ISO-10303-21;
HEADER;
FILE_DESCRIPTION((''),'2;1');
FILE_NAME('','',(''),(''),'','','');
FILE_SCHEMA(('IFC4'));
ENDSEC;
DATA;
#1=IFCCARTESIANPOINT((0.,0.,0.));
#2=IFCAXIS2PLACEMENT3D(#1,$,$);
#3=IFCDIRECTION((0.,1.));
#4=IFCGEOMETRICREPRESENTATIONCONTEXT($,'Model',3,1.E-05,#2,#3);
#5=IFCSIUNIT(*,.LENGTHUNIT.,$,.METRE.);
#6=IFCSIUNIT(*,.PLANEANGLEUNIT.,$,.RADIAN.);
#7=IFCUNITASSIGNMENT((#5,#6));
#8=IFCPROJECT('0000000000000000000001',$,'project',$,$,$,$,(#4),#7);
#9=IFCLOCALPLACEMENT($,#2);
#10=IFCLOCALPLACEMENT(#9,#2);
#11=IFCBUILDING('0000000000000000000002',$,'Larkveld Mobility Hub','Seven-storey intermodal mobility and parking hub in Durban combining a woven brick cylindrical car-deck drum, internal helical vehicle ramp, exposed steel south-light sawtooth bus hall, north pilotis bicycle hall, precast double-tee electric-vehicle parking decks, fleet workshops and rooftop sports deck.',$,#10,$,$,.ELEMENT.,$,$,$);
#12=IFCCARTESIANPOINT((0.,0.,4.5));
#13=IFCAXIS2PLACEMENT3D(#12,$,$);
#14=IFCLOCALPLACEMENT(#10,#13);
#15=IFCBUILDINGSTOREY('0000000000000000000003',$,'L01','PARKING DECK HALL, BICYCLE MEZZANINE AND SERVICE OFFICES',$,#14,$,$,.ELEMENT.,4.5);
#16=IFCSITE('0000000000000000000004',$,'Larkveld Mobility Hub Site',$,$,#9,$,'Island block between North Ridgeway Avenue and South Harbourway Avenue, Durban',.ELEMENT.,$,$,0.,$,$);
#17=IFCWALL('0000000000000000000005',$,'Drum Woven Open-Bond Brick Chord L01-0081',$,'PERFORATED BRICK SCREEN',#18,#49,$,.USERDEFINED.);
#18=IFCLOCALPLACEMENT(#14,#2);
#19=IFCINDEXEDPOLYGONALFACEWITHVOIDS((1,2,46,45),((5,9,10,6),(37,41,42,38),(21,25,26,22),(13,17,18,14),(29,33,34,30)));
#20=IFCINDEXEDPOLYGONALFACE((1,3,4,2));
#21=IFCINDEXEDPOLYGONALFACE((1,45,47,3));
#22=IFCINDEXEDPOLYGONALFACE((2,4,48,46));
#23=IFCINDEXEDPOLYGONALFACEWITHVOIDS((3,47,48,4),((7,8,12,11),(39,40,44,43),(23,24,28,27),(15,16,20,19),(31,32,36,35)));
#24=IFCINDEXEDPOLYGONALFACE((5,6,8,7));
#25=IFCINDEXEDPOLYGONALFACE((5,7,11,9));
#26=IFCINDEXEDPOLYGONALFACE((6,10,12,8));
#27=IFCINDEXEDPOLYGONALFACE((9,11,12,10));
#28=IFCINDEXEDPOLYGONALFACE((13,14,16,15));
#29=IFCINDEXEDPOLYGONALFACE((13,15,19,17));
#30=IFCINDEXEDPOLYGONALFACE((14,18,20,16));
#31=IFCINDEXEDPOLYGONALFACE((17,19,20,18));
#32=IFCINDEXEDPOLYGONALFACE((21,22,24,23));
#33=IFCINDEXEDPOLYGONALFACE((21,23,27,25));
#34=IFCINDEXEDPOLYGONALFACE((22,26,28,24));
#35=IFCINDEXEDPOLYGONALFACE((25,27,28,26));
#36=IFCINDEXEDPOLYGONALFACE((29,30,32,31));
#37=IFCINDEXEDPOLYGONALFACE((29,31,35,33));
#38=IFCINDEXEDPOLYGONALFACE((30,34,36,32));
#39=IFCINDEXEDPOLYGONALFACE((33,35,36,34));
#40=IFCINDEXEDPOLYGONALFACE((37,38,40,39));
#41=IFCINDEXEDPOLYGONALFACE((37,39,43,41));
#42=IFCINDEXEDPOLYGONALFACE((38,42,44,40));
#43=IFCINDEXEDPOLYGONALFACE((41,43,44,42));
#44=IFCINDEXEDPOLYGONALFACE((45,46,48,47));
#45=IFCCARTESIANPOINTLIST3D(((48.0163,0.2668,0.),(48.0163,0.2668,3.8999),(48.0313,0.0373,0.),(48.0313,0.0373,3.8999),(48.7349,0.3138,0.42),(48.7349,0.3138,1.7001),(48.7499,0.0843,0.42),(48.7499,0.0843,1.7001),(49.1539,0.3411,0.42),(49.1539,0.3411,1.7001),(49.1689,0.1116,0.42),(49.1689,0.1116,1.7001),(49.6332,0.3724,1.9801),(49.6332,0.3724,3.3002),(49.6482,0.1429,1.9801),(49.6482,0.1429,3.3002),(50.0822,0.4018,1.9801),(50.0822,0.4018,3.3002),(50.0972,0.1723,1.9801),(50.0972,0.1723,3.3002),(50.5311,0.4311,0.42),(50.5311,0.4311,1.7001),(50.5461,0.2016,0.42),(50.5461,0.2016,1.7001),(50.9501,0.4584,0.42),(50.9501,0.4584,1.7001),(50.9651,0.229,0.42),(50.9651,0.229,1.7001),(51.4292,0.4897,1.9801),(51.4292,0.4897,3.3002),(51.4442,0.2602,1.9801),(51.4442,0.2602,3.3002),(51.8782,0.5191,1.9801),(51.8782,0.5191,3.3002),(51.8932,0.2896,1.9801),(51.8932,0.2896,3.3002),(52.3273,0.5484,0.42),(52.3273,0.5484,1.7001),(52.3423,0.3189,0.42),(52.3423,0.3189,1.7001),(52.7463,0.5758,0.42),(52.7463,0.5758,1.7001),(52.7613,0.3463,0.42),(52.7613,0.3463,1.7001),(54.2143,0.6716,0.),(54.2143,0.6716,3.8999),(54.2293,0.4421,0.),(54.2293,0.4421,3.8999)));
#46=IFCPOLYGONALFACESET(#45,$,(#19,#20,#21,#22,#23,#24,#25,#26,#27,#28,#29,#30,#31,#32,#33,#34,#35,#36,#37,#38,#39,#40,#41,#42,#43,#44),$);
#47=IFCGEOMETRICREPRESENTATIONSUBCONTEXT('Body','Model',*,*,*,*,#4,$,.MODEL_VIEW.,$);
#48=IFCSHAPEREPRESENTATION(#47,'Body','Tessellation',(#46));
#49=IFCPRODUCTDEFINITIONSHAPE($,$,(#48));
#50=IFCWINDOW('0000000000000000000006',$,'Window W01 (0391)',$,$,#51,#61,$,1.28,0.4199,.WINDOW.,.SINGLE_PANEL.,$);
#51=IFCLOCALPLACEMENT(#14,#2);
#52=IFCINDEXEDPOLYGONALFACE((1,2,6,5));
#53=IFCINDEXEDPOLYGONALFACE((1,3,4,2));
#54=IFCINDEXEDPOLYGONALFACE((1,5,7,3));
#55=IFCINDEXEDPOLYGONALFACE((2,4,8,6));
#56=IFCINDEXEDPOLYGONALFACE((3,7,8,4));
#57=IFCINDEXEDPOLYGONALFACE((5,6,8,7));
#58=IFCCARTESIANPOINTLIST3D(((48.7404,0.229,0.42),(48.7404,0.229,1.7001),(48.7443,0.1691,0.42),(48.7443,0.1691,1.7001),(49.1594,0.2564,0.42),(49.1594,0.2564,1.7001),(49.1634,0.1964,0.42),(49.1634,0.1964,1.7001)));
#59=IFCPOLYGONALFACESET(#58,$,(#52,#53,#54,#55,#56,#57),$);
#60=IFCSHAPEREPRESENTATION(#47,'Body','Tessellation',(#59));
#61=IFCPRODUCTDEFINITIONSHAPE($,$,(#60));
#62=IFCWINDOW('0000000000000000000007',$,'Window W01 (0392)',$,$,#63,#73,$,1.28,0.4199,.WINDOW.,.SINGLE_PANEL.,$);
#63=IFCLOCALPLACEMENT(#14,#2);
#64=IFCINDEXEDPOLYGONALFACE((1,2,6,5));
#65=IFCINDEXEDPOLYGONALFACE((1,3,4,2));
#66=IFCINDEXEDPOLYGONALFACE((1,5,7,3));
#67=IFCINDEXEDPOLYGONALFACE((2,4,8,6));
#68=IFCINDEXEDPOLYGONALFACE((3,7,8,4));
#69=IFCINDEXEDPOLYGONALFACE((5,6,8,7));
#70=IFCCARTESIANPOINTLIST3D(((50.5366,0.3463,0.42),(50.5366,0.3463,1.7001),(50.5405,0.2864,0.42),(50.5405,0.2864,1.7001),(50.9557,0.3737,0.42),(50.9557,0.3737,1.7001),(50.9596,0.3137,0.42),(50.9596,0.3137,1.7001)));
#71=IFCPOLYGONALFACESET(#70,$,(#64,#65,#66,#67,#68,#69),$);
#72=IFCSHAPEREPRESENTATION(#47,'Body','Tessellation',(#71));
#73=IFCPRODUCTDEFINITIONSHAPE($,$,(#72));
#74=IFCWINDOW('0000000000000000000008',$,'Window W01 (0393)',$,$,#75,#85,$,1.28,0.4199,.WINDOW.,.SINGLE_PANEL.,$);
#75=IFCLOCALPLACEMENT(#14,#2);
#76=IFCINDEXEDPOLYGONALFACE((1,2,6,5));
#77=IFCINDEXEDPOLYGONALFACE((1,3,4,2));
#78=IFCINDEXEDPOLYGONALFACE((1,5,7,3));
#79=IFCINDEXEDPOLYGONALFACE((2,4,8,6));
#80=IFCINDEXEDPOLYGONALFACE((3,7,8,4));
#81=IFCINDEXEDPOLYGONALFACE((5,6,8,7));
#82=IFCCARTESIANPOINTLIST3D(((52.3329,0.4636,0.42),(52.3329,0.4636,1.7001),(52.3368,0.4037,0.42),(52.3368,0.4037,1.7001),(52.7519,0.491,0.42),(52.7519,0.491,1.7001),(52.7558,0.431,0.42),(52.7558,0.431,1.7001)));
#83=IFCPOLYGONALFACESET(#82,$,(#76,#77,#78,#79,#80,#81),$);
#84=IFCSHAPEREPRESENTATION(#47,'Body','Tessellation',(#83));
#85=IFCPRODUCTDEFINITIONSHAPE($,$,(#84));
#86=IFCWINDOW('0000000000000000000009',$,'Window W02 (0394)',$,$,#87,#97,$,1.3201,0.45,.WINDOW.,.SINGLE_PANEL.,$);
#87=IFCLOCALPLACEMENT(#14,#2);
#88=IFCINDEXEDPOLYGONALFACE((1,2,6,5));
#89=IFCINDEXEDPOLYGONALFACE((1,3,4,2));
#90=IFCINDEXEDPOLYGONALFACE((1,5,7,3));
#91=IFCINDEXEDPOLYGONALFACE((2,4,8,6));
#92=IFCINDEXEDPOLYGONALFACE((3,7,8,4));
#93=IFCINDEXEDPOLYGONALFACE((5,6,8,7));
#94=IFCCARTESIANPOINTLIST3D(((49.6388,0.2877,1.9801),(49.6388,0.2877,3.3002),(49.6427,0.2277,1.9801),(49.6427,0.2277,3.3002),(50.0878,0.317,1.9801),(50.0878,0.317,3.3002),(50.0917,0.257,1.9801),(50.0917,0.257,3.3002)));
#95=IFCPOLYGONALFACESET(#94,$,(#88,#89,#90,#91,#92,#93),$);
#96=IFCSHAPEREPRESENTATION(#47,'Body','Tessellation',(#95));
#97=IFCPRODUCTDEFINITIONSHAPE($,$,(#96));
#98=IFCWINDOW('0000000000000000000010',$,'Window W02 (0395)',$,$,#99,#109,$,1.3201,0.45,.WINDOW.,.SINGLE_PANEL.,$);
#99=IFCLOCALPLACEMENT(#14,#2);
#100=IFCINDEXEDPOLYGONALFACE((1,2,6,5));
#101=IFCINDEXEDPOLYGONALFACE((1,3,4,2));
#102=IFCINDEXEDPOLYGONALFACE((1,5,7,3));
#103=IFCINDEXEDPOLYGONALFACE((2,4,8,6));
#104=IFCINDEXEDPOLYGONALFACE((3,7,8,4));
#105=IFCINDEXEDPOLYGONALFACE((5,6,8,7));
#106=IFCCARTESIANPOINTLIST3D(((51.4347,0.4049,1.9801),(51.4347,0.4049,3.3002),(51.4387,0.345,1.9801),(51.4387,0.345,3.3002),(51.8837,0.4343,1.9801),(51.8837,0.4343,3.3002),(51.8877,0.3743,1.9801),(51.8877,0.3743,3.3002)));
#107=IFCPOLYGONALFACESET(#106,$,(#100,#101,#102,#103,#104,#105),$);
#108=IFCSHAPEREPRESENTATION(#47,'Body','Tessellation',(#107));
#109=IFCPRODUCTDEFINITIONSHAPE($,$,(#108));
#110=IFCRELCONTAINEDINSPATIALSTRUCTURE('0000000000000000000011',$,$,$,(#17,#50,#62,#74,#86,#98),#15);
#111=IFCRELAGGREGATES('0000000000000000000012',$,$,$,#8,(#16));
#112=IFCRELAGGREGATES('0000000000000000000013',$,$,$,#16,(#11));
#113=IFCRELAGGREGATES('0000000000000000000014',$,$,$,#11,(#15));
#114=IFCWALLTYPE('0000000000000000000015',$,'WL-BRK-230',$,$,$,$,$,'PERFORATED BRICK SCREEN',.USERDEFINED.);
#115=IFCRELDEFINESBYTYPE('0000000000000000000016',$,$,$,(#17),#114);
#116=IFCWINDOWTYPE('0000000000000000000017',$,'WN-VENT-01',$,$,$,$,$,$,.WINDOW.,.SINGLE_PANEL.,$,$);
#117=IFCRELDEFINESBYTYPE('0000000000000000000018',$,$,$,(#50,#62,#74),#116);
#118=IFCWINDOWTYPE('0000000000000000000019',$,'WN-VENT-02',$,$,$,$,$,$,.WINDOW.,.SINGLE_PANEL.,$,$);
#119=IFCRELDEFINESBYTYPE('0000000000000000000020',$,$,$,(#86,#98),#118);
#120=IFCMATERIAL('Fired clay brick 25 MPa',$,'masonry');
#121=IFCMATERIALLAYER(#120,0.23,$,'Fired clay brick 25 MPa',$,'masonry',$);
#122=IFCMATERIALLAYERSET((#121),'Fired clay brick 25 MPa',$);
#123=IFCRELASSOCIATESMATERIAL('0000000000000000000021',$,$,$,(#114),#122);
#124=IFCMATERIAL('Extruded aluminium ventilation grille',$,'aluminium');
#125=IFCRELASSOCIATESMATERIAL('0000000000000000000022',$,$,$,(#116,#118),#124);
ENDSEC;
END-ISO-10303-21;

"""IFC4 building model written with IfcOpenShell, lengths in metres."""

from ifc_helpers import new_model, si_unit, direction, frame, frame_2d, origin, place, context, subcontext, project, spatial, rectangle, extrude, material, layer, layer_set, type_object, element, fill, save


model = new_model("IFC4")

# Units and contexts
model_context = context("Model", 3, precision=1e-05, world=origin(), true_north=direction((0.0, 1.0)))
body_context = subcontext(model_context, "Body", "Model", "MODEL_VIEW")
ifc_project = project(units=[si_unit("LENGTHUNIT", "METRE"), si_unit("PLANEANGLEUNIT", "RADIAN")], contexts=[model_context])

# Site, building, storey
site_placement = place(None, origin())
site = spatial("IfcSite", under=ifc_project, at=site_placement, Name="Larkveld Mobility Hub Site", LongName="Island block between North Ridgeway Avenue and South Harbourway Avenue, Durban", CompositionType="ELEMENT", RefElevation=0.0)
building_placement = place(site_placement, origin())
building = spatial("IfcBuilding", under=site, at=building_placement, Name="Larkveld Mobility Hub", Description="Seven-storey intermodal mobility and parking hub in Durban combining a woven brick cylindrical car-deck drum, internal helical vehicle ramp, exposed steel south-light sawtooth bus hall, north pilotis bicycle hall, precast double-tee electric-vehicle parking decks, fleet workshops and rooftop sports deck.", CompositionType="ELEMENT")
storey_placement = place(building_placement, frame((0.0, 0.0, 4.5)))
storey = spatial("IfcBuildingStorey", under=building, at=storey_placement, Name="L01", Description="PARKING DECK HALL, BICYCLE MEZZANINE AND SERVICE OFFICES", CompositionType="ELEMENT", Elevation=4.5)

# Wall, openings, windows
ifc_material_1 = material(Name="Fired clay brick 25 MPa", Category="masonry")
ifc_layer_1 = layer(ifc_material_1, 0.23, Name="Fired clay brick 25 MPa", Category="masonry")
ifc_layer_set_1 = layer_set([ifc_layer_1], Name="Fired clay brick 25 MPa")
wall_type_1 = type_object("IfcWallType", Name="WL-BRK-230", ElementType="PERFORATED BRICK SCREEN", PredefinedType="USERDEFINED", material=ifc_layer_set_1)
wall_1_placement = place(storey_placement, frame((48.0239, 0.1521, 0.0), z_axis=(0.0, 0.0, 1.0), x_axis=(0.997874, 0.06517, 0.0)))
wall_1 = element("IfcWall", 1, at=wall_1_placement, inside=storey, type_object=wall_type_1, Name="Drum Woven Open-Bond Brick Chord L01-0081", ObjectType="PERFORATED BRICK SCREEN", PredefinedType="USERDEFINED", context=body_context, shape_type="SweptSolid", body=[
    extrude(rectangle(XDim=6.2112, YDim=0.23, at=frame_2d((3.1055, 0.0))), origin(), (0.0, 0.0, 1.0), 3.8999),
])
opening_1_placement = place(wall_1_placement, frame((0.72, 0.0, 0.4199)))
opening_1 = element("IfcOpeningElement", 2, at=opening_1_placement, cuts=wall_1, PredefinedType="OPENING", context=body_context, shape_type="SweptSolid", body=[
    extrude(rectangle(XDim=0.4199, YDim=1.28, at=frame_2d((0.21, 0.6401))), frame((0.0, 0.125, 0.0), z_axis=(0.0, -1.0, 0.0), x_axis=(1.0, 0.0, 0.0)), (0.0, 0.0, 1.0), 0.25),
])
opening_2_placement = place(wall_1_placement, frame((2.52, 0.0, 0.4199)))
opening_2 = element("IfcOpeningElement", 3, at=opening_2_placement, cuts=wall_1, PredefinedType="OPENING", context=body_context, shape_type="SweptSolid", body=[
    extrude(rectangle(XDim=0.4199, YDim=1.28, at=frame_2d((0.21, 0.6401))), frame((0.0, 0.125, 0.0), z_axis=(0.0, -1.0, 0.0), x_axis=(1.0, 0.0, 0.0)), (0.0, 0.0, 1.0), 0.25),
])
opening_3_placement = place(wall_1_placement, frame((4.3201, 0.0, 0.4199)))
opening_3 = element("IfcOpeningElement", 4, at=opening_3_placement, cuts=wall_1, PredefinedType="OPENING", context=body_context, shape_type="SweptSolid", body=[
    extrude(rectangle(XDim=0.4199, YDim=1.28, at=frame_2d((0.21, 0.6401))), frame((0.0, 0.125, 0.0), z_axis=(0.0, -1.0, 0.0), x_axis=(1.0, 0.0, 0.0)), (0.0, 0.0, 1.0), 0.25),
])
opening_4_placement = place(wall_1_placement, frame((1.6201, 0.0, 1.98)))
opening_4 = element("IfcOpeningElement", 5, at=opening_4_placement, cuts=wall_1, PredefinedType="OPENING", context=body_context, shape_type="SweptSolid", body=[
    extrude(rectangle(XDim=0.45, YDim=1.3201, at=frame_2d((0.2251, 0.6602))), frame((0.0, 0.125, 0.0), z_axis=(0.0, -1.0, 0.0), x_axis=(1.0, 0.0, 0.0)), (0.0, 0.0, 1.0), 0.25),
])
opening_5_placement = place(wall_1_placement, frame((3.4199, 0.0, 1.98)))
opening_5 = element("IfcOpeningElement", 6, at=opening_5_placement, cuts=wall_1, PredefinedType="OPENING", context=body_context, shape_type="SweptSolid", body=[
    extrude(rectangle(XDim=0.45, YDim=1.3201, at=frame_2d((0.2251, 0.6602))), frame((0.0, 0.125, 0.0), z_axis=(0.0, -1.0, 0.0), x_axis=(1.0, 0.0, 0.0)), (0.0, 0.0, 1.0), 0.25),
])
ifc_material_2 = material(Name="Extruded aluminium ventilation grille", Category="aluminium")
window_type_1 = type_object("IfcWindowType", Name="WN-VENT-01", PartitioningType="SINGLE_PANEL", PredefinedType="WINDOW", material=ifc_material_2)
window_1_placement = place(opening_1_placement, origin())
window_1 = element("IfcWindow", 7, at=window_1_placement, inside=storey, type_object=window_type_1, Name="Window W01 (0391)", OverallHeight=1.28, OverallWidth=0.4199, PartitioningType="SINGLE_PANEL", PredefinedType="WINDOW", context=body_context, shape_type="SweptSolid", body=[
    extrude(rectangle(XDim=0.4199, YDim=1.28, at=frame_2d((0.21, 0.6401))), frame((0.0, 0.03, 0.0), z_axis=(0.0, -1.0, 0.0), x_axis=(1.0, 0.0, 0.0)), (0.0, 0.0, 1.0), 0.0601),
])
fill(opening_1, window_1)
window_2_placement = place(opening_2_placement, origin())
window_2 = element("IfcWindow", 8, at=window_2_placement, inside=storey, type_object=window_type_1, Name="Window W01 (0392)", OverallHeight=1.28, OverallWidth=0.4199, PartitioningType="SINGLE_PANEL", PredefinedType="WINDOW", context=body_context, shape_type="SweptSolid", body=[
    extrude(rectangle(XDim=0.4199, YDim=1.28, at=frame_2d((0.21, 0.6401))), frame((0.0, 0.03, 0.0), z_axis=(0.0, -1.0, 0.0), x_axis=(1.0, 0.0, 0.0)), (0.0, 0.0, 1.0), 0.0601),
])
fill(opening_2, window_2)
window_3_placement = place(opening_3_placement, origin())
window_3 = element("IfcWindow", 9, at=window_3_placement, inside=storey, type_object=window_type_1, Name="Window W01 (0393)", OverallHeight=1.28, OverallWidth=0.4199, PartitioningType="SINGLE_PANEL", PredefinedType="WINDOW", context=body_context, shape_type="SweptSolid", body=[
    extrude(rectangle(XDim=0.4199, YDim=1.28, at=frame_2d((0.21, 0.6401))), frame((0.0, 0.03, 0.0), z_axis=(0.0, -1.0, 0.0), x_axis=(1.0, 0.0, 0.0)), (0.0, 0.0, 1.0), 0.0601),
])
fill(opening_3, window_3)
window_type_2 = type_object("IfcWindowType", Name="WN-VENT-02", PartitioningType="SINGLE_PANEL", PredefinedType="WINDOW", material=ifc_material_2)
window_4_placement = place(opening_4_placement, origin())
window_4 = element("IfcWindow", 10, at=window_4_placement, inside=storey, type_object=window_type_2, Name="Window W02 (0394)", OverallHeight=1.3201, OverallWidth=0.45, PartitioningType="SINGLE_PANEL", PredefinedType="WINDOW", context=body_context, shape_type="SweptSolid", body=[
    extrude(rectangle(XDim=0.45, YDim=1.3201, at=frame_2d((0.2251, 0.6602))), frame((0.0, 0.03, 0.0), z_axis=(0.0, -1.0, 0.0), x_axis=(1.0, 0.0, 0.0)), (0.0, 0.0, 1.0), 0.0601),
])
fill(opening_4, window_4)
window_5_placement = place(opening_5_placement, origin())
window_5 = element("IfcWindow", 11, at=window_5_placement, inside=storey, type_object=window_type_2, Name="Window W02 (0395)", OverallHeight=1.3201, OverallWidth=0.45, PartitioningType="SINGLE_PANEL", PredefinedType="WINDOW", context=body_context, shape_type="SweptSolid", body=[
    extrude(rectangle(XDim=0.45, YDim=1.3201, at=frame_2d((0.2251, 0.6602))), frame((0.0, 0.03, 0.0), z_axis=(0.0, -1.0, 0.0), x_axis=(1.0, 0.0, 0.0)), (0.0, 0.0, 1.0), 0.0601),
])
fill(opening_5, window_5)

save(model, "model.ifc")
